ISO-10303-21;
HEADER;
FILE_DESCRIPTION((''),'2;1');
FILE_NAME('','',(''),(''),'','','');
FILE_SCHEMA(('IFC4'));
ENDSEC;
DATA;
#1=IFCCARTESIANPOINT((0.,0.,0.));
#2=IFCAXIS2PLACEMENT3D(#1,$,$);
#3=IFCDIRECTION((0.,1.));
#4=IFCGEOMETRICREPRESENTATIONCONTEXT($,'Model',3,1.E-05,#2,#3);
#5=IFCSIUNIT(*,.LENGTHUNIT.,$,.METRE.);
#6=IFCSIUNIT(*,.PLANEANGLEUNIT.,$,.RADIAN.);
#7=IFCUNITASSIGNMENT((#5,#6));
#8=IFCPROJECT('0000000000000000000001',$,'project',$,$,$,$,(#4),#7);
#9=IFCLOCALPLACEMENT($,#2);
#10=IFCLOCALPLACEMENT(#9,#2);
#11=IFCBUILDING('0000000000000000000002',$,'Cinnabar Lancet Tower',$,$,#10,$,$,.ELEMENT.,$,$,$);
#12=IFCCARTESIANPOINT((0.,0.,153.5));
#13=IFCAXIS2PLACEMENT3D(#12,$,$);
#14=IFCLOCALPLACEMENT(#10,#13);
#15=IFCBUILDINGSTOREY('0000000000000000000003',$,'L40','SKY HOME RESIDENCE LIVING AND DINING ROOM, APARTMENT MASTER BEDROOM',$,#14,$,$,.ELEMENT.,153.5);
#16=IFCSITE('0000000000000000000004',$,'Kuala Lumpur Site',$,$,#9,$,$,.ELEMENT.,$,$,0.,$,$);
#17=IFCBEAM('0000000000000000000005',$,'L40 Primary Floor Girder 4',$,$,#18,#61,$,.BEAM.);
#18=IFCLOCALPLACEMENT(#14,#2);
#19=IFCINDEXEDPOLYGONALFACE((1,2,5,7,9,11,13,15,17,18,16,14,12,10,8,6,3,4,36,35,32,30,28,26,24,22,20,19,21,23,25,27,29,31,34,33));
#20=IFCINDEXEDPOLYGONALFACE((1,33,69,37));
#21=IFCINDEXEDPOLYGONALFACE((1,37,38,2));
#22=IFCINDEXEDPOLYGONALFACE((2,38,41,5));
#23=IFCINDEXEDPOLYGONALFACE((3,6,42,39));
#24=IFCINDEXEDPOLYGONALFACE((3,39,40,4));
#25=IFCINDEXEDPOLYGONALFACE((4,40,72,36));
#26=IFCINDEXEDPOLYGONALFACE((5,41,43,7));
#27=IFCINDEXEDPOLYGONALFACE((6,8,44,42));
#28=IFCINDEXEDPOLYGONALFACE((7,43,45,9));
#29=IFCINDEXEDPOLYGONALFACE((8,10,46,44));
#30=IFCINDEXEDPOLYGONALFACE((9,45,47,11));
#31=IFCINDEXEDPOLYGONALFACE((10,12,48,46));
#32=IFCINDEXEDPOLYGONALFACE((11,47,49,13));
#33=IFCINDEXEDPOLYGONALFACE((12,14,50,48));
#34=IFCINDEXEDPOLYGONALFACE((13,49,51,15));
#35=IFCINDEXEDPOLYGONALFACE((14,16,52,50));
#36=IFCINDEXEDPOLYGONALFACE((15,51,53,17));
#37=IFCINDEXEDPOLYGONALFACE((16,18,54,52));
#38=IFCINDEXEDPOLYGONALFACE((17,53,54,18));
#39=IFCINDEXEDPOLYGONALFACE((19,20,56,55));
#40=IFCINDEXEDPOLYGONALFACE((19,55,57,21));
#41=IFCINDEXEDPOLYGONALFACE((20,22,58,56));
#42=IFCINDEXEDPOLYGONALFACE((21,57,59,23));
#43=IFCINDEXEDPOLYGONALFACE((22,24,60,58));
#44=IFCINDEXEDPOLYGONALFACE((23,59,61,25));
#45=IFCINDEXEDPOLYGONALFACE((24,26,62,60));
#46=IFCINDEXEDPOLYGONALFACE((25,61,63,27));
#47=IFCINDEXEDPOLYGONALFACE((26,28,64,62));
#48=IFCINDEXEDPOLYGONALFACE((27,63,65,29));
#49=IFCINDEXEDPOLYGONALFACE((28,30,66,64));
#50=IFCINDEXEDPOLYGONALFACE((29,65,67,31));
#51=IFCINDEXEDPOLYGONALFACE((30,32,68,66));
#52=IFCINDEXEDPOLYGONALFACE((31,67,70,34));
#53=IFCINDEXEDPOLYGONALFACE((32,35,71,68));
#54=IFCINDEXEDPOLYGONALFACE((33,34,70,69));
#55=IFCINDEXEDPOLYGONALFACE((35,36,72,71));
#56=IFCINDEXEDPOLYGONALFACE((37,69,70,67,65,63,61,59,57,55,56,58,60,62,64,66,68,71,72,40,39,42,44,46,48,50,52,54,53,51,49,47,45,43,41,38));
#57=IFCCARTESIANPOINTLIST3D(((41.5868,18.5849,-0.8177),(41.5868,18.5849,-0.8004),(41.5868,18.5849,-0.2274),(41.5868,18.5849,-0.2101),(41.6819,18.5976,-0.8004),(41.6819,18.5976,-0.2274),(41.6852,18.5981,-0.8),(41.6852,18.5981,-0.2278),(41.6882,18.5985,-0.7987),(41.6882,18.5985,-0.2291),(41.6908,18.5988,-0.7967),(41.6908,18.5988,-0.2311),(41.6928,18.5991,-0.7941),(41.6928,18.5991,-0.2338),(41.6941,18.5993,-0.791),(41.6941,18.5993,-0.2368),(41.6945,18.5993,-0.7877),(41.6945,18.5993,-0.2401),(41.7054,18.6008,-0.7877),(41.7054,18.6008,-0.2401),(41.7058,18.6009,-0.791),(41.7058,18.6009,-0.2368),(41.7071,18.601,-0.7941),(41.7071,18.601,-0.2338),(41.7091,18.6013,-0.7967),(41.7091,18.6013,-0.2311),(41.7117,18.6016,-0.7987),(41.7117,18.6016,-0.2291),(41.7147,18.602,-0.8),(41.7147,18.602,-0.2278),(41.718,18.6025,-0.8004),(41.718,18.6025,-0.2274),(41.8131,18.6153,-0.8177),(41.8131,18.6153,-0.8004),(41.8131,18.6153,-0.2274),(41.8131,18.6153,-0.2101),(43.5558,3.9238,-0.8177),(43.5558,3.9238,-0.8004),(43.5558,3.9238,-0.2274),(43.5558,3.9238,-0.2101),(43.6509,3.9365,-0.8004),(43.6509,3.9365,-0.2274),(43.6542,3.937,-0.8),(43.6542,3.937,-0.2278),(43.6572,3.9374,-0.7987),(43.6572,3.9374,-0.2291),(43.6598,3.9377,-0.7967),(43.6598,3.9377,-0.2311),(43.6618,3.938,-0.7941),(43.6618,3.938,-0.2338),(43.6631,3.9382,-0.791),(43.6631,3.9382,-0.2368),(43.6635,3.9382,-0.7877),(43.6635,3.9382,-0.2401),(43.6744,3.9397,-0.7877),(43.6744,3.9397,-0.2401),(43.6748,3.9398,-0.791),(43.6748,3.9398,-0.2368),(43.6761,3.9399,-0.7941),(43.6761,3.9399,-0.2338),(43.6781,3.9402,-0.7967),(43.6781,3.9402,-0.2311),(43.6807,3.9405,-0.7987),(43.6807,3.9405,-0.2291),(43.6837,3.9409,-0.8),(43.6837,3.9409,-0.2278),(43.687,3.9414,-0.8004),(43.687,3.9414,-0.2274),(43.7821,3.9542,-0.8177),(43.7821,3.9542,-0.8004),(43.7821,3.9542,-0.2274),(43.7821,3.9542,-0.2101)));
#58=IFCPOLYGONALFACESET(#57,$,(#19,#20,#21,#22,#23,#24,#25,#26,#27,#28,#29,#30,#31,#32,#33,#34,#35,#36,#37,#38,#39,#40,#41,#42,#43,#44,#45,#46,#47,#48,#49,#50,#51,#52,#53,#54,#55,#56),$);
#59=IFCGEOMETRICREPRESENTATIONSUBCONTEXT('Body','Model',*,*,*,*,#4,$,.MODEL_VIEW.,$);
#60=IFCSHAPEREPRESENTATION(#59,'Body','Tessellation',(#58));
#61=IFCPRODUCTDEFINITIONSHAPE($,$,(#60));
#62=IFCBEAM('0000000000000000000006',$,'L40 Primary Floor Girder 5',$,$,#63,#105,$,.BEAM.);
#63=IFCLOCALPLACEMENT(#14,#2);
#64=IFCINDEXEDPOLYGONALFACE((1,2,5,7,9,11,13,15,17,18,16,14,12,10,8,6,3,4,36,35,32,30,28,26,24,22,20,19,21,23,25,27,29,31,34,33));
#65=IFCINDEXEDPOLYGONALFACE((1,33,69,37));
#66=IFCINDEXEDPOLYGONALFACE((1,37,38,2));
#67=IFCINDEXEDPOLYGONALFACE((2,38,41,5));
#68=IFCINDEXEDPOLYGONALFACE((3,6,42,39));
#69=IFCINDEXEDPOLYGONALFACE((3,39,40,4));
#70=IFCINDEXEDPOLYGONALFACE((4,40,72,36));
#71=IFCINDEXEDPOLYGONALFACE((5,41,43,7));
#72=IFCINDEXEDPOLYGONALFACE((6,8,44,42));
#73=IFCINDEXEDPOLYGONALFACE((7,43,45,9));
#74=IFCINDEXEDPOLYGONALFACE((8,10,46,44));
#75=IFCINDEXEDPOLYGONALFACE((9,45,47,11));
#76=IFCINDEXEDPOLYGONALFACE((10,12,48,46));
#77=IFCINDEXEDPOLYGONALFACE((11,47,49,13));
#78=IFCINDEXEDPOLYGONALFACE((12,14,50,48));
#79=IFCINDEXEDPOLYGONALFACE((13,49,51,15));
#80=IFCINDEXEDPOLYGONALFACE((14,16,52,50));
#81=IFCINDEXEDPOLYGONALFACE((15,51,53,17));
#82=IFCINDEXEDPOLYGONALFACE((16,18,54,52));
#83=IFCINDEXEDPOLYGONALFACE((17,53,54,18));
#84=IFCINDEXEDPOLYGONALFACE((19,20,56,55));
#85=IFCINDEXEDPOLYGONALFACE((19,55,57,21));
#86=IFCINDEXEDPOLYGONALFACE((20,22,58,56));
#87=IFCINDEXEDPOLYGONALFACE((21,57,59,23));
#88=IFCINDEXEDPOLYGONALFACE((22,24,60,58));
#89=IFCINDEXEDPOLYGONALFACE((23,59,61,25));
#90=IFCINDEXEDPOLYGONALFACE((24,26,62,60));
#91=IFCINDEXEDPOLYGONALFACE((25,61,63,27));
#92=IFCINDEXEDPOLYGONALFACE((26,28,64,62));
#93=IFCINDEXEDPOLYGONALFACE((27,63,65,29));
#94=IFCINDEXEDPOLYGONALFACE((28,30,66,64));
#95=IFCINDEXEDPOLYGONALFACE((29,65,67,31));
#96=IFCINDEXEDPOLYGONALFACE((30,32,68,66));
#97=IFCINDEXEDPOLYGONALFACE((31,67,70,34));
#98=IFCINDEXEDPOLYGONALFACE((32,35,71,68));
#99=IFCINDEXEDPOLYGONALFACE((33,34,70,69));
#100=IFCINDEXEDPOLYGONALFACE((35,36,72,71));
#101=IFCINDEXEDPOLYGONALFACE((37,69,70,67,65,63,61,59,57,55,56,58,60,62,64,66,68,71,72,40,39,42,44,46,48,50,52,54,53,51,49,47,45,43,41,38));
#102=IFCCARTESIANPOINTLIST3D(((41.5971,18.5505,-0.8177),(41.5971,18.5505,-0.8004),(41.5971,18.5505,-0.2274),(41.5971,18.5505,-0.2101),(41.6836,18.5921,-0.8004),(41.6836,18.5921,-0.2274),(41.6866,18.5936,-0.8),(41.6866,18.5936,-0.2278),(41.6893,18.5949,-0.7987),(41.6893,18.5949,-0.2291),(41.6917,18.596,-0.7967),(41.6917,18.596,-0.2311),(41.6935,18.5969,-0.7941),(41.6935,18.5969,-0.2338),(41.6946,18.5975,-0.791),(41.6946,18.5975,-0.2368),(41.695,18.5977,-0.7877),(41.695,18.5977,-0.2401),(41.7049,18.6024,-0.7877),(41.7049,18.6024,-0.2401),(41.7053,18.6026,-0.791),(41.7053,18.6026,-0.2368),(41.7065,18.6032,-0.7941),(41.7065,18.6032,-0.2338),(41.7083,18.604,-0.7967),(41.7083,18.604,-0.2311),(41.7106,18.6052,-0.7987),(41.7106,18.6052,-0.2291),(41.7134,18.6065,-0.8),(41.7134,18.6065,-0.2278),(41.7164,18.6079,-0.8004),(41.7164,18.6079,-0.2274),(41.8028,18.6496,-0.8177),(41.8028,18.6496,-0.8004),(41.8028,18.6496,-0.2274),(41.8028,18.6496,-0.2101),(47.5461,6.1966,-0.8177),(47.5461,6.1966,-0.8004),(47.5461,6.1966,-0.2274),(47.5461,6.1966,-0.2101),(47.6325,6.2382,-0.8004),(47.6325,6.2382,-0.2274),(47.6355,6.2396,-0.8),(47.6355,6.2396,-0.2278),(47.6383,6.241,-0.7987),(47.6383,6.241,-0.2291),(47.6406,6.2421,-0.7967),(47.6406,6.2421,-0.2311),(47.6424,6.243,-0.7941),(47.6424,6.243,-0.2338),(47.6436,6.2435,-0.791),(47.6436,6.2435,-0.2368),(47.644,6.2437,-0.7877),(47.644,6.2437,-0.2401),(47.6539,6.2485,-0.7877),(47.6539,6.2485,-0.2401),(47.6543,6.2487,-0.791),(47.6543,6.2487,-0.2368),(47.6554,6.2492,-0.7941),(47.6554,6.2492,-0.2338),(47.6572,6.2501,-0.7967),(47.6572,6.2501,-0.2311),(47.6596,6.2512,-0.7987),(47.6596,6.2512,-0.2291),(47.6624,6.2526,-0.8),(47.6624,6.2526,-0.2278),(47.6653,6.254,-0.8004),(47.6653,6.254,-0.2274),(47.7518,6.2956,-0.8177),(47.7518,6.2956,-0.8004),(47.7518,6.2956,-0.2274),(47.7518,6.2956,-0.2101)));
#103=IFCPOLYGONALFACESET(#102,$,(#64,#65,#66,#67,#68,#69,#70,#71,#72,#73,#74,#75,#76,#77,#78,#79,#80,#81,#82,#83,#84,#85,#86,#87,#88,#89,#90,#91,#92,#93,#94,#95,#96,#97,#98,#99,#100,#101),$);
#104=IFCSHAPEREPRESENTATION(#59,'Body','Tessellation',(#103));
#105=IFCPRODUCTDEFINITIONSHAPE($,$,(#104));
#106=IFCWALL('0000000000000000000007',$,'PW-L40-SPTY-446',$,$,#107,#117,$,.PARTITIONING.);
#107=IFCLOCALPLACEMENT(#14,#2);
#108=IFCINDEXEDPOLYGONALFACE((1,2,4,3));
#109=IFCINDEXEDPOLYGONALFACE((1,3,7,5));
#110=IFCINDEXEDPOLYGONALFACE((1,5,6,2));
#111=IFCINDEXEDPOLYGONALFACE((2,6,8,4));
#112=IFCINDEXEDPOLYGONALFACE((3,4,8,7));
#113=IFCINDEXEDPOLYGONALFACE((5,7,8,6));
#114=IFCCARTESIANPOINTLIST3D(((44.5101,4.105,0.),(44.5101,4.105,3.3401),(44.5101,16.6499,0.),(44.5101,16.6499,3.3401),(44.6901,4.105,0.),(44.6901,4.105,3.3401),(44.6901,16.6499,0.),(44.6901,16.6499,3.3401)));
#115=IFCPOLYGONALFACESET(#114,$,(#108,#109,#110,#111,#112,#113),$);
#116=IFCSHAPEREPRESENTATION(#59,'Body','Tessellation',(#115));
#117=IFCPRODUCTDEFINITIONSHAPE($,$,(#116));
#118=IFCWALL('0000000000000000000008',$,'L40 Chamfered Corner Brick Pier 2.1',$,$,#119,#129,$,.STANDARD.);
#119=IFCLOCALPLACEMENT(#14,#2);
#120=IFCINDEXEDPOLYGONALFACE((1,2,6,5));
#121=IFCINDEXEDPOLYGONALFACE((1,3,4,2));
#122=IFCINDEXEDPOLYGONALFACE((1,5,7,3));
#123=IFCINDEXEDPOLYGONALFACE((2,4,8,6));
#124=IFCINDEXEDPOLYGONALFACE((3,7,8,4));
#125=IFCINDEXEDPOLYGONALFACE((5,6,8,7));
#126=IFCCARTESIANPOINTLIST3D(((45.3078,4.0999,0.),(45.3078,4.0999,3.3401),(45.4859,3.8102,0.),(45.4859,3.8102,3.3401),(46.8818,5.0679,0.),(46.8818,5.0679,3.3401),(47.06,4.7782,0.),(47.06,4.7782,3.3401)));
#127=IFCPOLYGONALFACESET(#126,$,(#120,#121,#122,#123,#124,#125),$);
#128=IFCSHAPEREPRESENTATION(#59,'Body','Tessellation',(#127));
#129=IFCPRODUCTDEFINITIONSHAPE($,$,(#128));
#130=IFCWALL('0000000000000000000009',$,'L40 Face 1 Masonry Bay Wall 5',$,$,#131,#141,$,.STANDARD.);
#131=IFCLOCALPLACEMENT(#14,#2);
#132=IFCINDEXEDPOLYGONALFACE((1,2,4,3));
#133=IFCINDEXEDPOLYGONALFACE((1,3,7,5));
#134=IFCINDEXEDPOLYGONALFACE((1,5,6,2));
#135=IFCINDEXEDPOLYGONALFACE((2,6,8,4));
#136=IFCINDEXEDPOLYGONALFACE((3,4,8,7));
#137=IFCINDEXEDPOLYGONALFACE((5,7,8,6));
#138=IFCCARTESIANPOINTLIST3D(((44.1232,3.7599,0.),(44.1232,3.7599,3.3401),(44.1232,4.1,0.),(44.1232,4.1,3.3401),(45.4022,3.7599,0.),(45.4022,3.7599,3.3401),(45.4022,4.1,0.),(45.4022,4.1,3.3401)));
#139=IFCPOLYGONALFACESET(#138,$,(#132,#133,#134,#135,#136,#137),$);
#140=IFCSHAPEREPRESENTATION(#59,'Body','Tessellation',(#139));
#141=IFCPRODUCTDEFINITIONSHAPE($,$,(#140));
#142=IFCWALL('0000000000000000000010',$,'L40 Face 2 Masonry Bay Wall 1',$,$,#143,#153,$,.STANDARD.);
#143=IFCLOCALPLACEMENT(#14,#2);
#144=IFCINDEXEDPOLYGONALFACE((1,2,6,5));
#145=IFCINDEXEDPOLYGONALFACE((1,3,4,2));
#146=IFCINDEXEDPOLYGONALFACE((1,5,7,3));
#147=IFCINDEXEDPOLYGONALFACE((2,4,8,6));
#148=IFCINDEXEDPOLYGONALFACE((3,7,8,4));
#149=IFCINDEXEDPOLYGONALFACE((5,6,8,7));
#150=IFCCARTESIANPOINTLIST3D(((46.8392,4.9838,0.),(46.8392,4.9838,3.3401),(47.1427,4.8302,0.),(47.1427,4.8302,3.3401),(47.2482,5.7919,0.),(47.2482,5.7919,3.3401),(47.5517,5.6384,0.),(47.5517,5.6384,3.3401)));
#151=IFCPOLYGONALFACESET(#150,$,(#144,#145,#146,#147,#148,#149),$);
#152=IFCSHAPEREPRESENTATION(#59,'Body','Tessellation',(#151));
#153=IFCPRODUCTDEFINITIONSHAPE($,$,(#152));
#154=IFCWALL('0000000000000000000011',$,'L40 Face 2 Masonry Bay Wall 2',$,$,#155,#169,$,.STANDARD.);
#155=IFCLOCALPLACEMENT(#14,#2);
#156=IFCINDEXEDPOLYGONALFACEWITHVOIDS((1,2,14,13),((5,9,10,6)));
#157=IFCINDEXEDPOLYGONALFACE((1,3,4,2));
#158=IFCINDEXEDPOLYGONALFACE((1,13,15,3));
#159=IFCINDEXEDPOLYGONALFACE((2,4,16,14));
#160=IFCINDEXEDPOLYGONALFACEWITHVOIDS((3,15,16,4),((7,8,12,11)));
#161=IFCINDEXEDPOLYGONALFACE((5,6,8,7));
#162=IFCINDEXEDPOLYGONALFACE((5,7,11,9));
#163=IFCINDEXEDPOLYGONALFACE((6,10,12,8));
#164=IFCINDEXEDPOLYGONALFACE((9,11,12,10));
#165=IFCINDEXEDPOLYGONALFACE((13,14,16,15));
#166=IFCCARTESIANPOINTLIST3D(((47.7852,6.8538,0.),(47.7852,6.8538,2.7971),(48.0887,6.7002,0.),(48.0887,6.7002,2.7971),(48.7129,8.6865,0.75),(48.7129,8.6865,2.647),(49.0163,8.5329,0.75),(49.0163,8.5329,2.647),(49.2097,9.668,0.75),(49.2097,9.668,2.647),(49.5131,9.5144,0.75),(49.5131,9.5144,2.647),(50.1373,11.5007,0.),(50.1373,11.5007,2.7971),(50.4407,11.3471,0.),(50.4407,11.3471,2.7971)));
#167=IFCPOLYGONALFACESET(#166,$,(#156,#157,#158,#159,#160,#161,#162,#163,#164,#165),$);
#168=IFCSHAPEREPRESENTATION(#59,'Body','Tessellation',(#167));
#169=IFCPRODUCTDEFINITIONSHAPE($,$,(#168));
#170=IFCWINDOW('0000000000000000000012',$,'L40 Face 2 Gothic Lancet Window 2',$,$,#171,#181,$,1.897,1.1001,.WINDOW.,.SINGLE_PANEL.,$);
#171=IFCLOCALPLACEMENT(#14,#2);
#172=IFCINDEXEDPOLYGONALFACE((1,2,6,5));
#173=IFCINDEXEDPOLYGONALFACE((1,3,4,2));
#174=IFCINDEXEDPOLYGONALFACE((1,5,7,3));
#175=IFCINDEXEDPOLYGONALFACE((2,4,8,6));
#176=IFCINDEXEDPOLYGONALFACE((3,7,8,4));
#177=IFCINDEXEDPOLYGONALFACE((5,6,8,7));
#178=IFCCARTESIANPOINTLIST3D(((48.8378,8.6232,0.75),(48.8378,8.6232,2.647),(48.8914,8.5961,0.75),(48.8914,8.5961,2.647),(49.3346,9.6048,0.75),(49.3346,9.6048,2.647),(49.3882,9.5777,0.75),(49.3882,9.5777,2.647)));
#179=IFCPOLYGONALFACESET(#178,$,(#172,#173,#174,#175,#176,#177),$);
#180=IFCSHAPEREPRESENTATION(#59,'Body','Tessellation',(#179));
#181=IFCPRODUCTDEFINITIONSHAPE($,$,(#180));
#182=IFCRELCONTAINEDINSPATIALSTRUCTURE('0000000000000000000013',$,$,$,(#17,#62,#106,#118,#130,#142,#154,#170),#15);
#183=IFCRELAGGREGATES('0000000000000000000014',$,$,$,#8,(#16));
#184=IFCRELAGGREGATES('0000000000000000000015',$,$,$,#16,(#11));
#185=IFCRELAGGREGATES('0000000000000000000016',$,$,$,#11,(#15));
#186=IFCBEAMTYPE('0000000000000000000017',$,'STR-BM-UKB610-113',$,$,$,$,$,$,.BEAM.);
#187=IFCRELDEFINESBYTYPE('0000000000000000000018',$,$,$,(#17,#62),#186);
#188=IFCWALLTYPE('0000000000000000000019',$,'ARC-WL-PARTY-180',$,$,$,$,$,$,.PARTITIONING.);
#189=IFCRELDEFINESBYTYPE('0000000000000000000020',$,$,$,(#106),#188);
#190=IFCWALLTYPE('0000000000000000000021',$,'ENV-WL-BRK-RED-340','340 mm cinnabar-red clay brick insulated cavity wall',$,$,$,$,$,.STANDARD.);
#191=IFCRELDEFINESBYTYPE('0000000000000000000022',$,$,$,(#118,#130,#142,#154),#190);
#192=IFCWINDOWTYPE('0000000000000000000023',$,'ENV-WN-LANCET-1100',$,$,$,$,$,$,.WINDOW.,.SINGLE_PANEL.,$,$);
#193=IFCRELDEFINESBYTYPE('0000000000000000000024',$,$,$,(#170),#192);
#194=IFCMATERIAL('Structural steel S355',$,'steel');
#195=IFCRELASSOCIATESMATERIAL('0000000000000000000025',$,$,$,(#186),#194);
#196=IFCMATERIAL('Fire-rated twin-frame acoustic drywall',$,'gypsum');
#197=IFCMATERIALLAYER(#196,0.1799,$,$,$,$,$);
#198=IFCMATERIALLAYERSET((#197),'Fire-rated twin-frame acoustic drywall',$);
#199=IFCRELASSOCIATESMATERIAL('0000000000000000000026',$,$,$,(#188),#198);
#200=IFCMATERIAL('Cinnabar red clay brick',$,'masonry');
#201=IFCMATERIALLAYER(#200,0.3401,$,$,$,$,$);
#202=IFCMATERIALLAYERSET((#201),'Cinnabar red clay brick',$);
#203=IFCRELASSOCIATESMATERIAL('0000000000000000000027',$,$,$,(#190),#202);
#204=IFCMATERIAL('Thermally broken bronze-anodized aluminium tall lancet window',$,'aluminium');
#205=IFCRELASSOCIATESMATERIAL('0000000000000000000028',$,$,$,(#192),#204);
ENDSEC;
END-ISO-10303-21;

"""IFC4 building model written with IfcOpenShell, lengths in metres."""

from ifc_helpers import new_model, si_unit, direction, frame, frame_2d, origin, origin_2d, place, context, subcontext, project, spatial, rectangle, i_section, extrude, material, layer, layer_set, material_profile, profile_set, type_object, element, fill, save


model = new_model("IFC4")

# Units and contexts
model_context = context("Model", 3, precision=1e-05, world=origin(), true_north=direction((0.0, 1.0)))
body_context = subcontext(model_context, "Body", "Model", "MODEL_VIEW")
ifc_project = project(units=[si_unit("LENGTHUNIT", "METRE"), si_unit("PLANEANGLEUNIT", "RADIAN")], contexts=[model_context])

# Site, building, storey
site_placement = place(None, origin())
site = spatial("IfcSite", under=ifc_project, at=site_placement, Name="Kuala Lumpur Site", CompositionType="ELEMENT", RefElevation=0.0)
building_placement = place(site_placement, origin())
building = spatial("IfcBuilding", under=site, at=building_placement, Name="Cinnabar Lancet Tower", CompositionType="ELEMENT")
storey_placement = place(building_placement, frame((0.0, 0.0, 153.5)))
storey = spatial("IfcBuildingStorey", under=building, at=storey_placement, Name="L40", Description="SKY HOME RESIDENCE LIVING AND DINING ROOM, APARTMENT MASTER BEDROOM", CompositionType="ELEMENT", Elevation=153.5)

# Beams
ifc_material_1 = material(Name="Structural steel S355", Category="steel")
ifc_material_profile_1 = material_profile(ifc_material_1, i_section(OverallWidth=0.2283, OverallDepth=0.6077, WebThickness=0.011, FlangeThickness=0.0173, FilletRadius=0.0127, at=origin_2d()), Name="UKB 610x229x113")
ifc_profile_set_1 = profile_set([ifc_material_profile_1], Name="Structural steel S355")
beam_type_1 = type_object("IfcBeamType", Name="STR-BM-UKB610-113", PredefinedType="BEAM", material=ifc_profile_set_1)
beam_1_placement = place(storey_placement, frame((43.6689, 3.939, -0.5139), z_axis=(-0.133105, 0.991102, 0.0), x_axis=(-0.991102, -0.133105, 0.0)))
element("IfcBeam", 1, at=beam_1_placement, inside=storey, type_object=beam_type_1, Name="L40 Primary Floor Girder 4", PredefinedType="BEAM", context=body_context, shape_type="SweptSolid", body=[
    extrude(i_section(OverallWidth=0.2283, OverallDepth=0.6077, WebThickness=0.011, FlangeThickness=0.0173, FilletRadius=0.0127, at=origin_2d()), origin(), (0.0, 0.0, 1.0), 14.7927),
])
beam_2_placement = place(storey_placement, frame((47.6489, 6.2461, -0.5139), z_axis=(-0.43386, 0.90098, 0.0), x_axis=(-0.90098, -0.43386, 0.0)))
element("IfcBeam", 2, at=beam_2_placement, inside=storey, type_object=beam_type_1, Name="L40 Primary Floor Girder 5", PredefinedType="BEAM", context=body_context, shape_type="SweptSolid", body=[
    extrude(i_section(OverallWidth=0.2283, OverallDepth=0.6077, WebThickness=0.011, FlangeThickness=0.0173, FilletRadius=0.0127, at=origin_2d()), origin(), (0.0, 0.0, 1.0), 13.7117),
])

# Walls
ifc_material_2 = material(Name="Fire-rated twin-frame acoustic drywall", Category="gypsum")
ifc_layer_1 = layer(ifc_material_2, 0.1799)
ifc_layer_set_1 = layer_set([ifc_layer_1], Name="Fire-rated twin-frame acoustic drywall")
wall_type_1 = type_object("IfcWallType", Name="ARC-WL-PARTY-180", PredefinedType="PARTITIONING", material=ifc_layer_set_1)
wall_1_placement = place(storey_placement, frame((44.6001, 4.105, 0.0), z_axis=(0.0, 0.0, 1.0), x_axis=(0.0, 1.0, 0.0)))
element("IfcWall", 3, at=wall_1_placement, inside=storey, type_object=wall_type_1, Name="PW-L40-SPTY-446", PredefinedType="PARTITIONING", context=body_context, shape_type="SweptSolid", body=[
    extrude(rectangle(XDim=12.5449, YDim=0.1799, at=frame_2d((6.2725, 0.0))), origin(), (0.0, 0.0, 1.0), 3.3401),
])
ifc_material_3 = material(Name="Cinnabar red clay brick", Category="masonry")
ifc_layer_2 = layer(ifc_material_3, 0.3401)
ifc_layer_set_2 = layer_set([ifc_layer_2], Name="Cinnabar red clay brick")
wall_type_2 = type_object("IfcWallType", Name="ENV-WL-BRK-RED-340", Description="340 mm cinnabar-red clay brick insulated cavity wall", PredefinedType="STANDARD", material=ifc_layer_set_2)
wall_2_placement = place(storey_placement, frame((45.397, 3.9551, 0.0), z_axis=(0.0, 0.0, 1.0), x_axis=(0.851799, 0.523869, 0.0)))
element("IfcWall", 4, at=wall_2_placement, inside=storey, type_object=wall_type_2, Name="L40 Chamfered Corner Brick Pier 2.1", PredefinedType="STANDARD", context=body_context, shape_type="SweptSolid", body=[
    extrude(rectangle(XDim=1.8479, YDim=0.3401, at=frame_2d((0.9238, 0.0))), origin(), (0.0, 0.0, 1.0), 3.3401),
])
wall_3_placement = place(storey_placement, frame((44.123, 3.9299, 0.0), z_axis=(0.0, 0.0, 1.0), x_axis=(1.0, 0.0, 0.0)))
element("IfcWall", 5, at=wall_3_placement, inside=storey, type_object=wall_type_2, Name="L40 Face 1 Masonry Bay Wall 5", PredefinedType="STANDARD", context=body_context, shape_type="SweptSolid", body=[
    extrude(rectangle(XDim=1.2791, YDim=0.3401, at=frame_2d((0.6396, 0.0))), origin(), (0.0, 0.0, 1.0), 3.3401),
])
wall_4_placement = place(storey_placement, frame((46.991, 4.907, 0.0), z_axis=(0.0, 0.0, 1.0), x_axis=(0.451521, 0.89226, 0.0)))
element("IfcWall", 6, at=wall_4_placement, inside=storey, type_object=wall_type_2, Name="L40 Face 2 Masonry Bay Wall 1", PredefinedType="STANDARD", context=body_context, shape_type="SweptSolid", body=[
    extrude(rectangle(XDim=0.9058, YDim=0.3401, at=frame_2d((0.4529, 0.0))), origin(), (0.0, 0.0, 1.0), 3.3401),
])

# Wall, opening, window
wall_5_placement = place(storey_placement, frame((47.937, 6.7771, 0.0), z_axis=(0.0, 0.0, 1.0), x_axis=(0.451596, 0.892223, 0.0)))
wall_5 = element("IfcWall", 7, at=wall_5_placement, inside=storey, type_object=wall_type_2, Name="L40 Face 2 Masonry Bay Wall 2", PredefinedType="STANDARD", context=body_context, shape_type="SweptSolid", body=[
    extrude(rectangle(XDim=5.2083, YDim=0.3401, at=frame_2d((2.604, 0.0))), origin(), (0.0, 0.0, 1.0), 2.7971),
])
opening_1_placement = place(wall_5_placement, frame((2.054, 0.0, 0.75)))
opening_1 = element("IfcOpeningElement", 8, at=opening_1_placement, cuts=wall_5, PredefinedType="OPENING", context=body_context, shape_type="SweptSolid", body=[
    extrude(rectangle(XDim=1.1001, YDim=1.897, at=frame_2d((0.55, 0.9485))), frame((0.0, 0.1799, 0.0), z_axis=(0.0, -1.0, 0.0), x_axis=(1.0, 0.0, 0.0)), (0.0, 0.0, 1.0), 0.3601),
])
ifc_material_4 = material(Name="Thermally broken bronze-anodized aluminium tall lancet window", Category="aluminium")
window_type = type_object("IfcWindowType", Name="ENV-WN-LANCET-1100", PartitioningType="SINGLE_PANEL", PredefinedType="WINDOW", material=ifc_material_4)
window_1_placement = place(opening_1_placement, origin())
window_1 = element("IfcWindow", 9, at=window_1_placement, inside=storey, type_object=window_type, Name="L40 Face 2 Gothic Lancet Window 2", OverallHeight=1.897, OverallWidth=1.1001, PartitioningType="SINGLE_PANEL", PredefinedType="WINDOW", context=body_context, shape_type="SweptSolid", body=[
    extrude(rectangle(XDim=1.1001, YDim=1.897, at=frame_2d((0.55, 0.9485))), frame((0.0, 0.03, 0.0), z_axis=(0.0, -1.0, 0.0), x_axis=(1.0, 0.0, 0.0)), (0.0, 0.0, 1.0), 0.0601),
])
fill(opening_1, window_1)

save(model, "model.ifc")
